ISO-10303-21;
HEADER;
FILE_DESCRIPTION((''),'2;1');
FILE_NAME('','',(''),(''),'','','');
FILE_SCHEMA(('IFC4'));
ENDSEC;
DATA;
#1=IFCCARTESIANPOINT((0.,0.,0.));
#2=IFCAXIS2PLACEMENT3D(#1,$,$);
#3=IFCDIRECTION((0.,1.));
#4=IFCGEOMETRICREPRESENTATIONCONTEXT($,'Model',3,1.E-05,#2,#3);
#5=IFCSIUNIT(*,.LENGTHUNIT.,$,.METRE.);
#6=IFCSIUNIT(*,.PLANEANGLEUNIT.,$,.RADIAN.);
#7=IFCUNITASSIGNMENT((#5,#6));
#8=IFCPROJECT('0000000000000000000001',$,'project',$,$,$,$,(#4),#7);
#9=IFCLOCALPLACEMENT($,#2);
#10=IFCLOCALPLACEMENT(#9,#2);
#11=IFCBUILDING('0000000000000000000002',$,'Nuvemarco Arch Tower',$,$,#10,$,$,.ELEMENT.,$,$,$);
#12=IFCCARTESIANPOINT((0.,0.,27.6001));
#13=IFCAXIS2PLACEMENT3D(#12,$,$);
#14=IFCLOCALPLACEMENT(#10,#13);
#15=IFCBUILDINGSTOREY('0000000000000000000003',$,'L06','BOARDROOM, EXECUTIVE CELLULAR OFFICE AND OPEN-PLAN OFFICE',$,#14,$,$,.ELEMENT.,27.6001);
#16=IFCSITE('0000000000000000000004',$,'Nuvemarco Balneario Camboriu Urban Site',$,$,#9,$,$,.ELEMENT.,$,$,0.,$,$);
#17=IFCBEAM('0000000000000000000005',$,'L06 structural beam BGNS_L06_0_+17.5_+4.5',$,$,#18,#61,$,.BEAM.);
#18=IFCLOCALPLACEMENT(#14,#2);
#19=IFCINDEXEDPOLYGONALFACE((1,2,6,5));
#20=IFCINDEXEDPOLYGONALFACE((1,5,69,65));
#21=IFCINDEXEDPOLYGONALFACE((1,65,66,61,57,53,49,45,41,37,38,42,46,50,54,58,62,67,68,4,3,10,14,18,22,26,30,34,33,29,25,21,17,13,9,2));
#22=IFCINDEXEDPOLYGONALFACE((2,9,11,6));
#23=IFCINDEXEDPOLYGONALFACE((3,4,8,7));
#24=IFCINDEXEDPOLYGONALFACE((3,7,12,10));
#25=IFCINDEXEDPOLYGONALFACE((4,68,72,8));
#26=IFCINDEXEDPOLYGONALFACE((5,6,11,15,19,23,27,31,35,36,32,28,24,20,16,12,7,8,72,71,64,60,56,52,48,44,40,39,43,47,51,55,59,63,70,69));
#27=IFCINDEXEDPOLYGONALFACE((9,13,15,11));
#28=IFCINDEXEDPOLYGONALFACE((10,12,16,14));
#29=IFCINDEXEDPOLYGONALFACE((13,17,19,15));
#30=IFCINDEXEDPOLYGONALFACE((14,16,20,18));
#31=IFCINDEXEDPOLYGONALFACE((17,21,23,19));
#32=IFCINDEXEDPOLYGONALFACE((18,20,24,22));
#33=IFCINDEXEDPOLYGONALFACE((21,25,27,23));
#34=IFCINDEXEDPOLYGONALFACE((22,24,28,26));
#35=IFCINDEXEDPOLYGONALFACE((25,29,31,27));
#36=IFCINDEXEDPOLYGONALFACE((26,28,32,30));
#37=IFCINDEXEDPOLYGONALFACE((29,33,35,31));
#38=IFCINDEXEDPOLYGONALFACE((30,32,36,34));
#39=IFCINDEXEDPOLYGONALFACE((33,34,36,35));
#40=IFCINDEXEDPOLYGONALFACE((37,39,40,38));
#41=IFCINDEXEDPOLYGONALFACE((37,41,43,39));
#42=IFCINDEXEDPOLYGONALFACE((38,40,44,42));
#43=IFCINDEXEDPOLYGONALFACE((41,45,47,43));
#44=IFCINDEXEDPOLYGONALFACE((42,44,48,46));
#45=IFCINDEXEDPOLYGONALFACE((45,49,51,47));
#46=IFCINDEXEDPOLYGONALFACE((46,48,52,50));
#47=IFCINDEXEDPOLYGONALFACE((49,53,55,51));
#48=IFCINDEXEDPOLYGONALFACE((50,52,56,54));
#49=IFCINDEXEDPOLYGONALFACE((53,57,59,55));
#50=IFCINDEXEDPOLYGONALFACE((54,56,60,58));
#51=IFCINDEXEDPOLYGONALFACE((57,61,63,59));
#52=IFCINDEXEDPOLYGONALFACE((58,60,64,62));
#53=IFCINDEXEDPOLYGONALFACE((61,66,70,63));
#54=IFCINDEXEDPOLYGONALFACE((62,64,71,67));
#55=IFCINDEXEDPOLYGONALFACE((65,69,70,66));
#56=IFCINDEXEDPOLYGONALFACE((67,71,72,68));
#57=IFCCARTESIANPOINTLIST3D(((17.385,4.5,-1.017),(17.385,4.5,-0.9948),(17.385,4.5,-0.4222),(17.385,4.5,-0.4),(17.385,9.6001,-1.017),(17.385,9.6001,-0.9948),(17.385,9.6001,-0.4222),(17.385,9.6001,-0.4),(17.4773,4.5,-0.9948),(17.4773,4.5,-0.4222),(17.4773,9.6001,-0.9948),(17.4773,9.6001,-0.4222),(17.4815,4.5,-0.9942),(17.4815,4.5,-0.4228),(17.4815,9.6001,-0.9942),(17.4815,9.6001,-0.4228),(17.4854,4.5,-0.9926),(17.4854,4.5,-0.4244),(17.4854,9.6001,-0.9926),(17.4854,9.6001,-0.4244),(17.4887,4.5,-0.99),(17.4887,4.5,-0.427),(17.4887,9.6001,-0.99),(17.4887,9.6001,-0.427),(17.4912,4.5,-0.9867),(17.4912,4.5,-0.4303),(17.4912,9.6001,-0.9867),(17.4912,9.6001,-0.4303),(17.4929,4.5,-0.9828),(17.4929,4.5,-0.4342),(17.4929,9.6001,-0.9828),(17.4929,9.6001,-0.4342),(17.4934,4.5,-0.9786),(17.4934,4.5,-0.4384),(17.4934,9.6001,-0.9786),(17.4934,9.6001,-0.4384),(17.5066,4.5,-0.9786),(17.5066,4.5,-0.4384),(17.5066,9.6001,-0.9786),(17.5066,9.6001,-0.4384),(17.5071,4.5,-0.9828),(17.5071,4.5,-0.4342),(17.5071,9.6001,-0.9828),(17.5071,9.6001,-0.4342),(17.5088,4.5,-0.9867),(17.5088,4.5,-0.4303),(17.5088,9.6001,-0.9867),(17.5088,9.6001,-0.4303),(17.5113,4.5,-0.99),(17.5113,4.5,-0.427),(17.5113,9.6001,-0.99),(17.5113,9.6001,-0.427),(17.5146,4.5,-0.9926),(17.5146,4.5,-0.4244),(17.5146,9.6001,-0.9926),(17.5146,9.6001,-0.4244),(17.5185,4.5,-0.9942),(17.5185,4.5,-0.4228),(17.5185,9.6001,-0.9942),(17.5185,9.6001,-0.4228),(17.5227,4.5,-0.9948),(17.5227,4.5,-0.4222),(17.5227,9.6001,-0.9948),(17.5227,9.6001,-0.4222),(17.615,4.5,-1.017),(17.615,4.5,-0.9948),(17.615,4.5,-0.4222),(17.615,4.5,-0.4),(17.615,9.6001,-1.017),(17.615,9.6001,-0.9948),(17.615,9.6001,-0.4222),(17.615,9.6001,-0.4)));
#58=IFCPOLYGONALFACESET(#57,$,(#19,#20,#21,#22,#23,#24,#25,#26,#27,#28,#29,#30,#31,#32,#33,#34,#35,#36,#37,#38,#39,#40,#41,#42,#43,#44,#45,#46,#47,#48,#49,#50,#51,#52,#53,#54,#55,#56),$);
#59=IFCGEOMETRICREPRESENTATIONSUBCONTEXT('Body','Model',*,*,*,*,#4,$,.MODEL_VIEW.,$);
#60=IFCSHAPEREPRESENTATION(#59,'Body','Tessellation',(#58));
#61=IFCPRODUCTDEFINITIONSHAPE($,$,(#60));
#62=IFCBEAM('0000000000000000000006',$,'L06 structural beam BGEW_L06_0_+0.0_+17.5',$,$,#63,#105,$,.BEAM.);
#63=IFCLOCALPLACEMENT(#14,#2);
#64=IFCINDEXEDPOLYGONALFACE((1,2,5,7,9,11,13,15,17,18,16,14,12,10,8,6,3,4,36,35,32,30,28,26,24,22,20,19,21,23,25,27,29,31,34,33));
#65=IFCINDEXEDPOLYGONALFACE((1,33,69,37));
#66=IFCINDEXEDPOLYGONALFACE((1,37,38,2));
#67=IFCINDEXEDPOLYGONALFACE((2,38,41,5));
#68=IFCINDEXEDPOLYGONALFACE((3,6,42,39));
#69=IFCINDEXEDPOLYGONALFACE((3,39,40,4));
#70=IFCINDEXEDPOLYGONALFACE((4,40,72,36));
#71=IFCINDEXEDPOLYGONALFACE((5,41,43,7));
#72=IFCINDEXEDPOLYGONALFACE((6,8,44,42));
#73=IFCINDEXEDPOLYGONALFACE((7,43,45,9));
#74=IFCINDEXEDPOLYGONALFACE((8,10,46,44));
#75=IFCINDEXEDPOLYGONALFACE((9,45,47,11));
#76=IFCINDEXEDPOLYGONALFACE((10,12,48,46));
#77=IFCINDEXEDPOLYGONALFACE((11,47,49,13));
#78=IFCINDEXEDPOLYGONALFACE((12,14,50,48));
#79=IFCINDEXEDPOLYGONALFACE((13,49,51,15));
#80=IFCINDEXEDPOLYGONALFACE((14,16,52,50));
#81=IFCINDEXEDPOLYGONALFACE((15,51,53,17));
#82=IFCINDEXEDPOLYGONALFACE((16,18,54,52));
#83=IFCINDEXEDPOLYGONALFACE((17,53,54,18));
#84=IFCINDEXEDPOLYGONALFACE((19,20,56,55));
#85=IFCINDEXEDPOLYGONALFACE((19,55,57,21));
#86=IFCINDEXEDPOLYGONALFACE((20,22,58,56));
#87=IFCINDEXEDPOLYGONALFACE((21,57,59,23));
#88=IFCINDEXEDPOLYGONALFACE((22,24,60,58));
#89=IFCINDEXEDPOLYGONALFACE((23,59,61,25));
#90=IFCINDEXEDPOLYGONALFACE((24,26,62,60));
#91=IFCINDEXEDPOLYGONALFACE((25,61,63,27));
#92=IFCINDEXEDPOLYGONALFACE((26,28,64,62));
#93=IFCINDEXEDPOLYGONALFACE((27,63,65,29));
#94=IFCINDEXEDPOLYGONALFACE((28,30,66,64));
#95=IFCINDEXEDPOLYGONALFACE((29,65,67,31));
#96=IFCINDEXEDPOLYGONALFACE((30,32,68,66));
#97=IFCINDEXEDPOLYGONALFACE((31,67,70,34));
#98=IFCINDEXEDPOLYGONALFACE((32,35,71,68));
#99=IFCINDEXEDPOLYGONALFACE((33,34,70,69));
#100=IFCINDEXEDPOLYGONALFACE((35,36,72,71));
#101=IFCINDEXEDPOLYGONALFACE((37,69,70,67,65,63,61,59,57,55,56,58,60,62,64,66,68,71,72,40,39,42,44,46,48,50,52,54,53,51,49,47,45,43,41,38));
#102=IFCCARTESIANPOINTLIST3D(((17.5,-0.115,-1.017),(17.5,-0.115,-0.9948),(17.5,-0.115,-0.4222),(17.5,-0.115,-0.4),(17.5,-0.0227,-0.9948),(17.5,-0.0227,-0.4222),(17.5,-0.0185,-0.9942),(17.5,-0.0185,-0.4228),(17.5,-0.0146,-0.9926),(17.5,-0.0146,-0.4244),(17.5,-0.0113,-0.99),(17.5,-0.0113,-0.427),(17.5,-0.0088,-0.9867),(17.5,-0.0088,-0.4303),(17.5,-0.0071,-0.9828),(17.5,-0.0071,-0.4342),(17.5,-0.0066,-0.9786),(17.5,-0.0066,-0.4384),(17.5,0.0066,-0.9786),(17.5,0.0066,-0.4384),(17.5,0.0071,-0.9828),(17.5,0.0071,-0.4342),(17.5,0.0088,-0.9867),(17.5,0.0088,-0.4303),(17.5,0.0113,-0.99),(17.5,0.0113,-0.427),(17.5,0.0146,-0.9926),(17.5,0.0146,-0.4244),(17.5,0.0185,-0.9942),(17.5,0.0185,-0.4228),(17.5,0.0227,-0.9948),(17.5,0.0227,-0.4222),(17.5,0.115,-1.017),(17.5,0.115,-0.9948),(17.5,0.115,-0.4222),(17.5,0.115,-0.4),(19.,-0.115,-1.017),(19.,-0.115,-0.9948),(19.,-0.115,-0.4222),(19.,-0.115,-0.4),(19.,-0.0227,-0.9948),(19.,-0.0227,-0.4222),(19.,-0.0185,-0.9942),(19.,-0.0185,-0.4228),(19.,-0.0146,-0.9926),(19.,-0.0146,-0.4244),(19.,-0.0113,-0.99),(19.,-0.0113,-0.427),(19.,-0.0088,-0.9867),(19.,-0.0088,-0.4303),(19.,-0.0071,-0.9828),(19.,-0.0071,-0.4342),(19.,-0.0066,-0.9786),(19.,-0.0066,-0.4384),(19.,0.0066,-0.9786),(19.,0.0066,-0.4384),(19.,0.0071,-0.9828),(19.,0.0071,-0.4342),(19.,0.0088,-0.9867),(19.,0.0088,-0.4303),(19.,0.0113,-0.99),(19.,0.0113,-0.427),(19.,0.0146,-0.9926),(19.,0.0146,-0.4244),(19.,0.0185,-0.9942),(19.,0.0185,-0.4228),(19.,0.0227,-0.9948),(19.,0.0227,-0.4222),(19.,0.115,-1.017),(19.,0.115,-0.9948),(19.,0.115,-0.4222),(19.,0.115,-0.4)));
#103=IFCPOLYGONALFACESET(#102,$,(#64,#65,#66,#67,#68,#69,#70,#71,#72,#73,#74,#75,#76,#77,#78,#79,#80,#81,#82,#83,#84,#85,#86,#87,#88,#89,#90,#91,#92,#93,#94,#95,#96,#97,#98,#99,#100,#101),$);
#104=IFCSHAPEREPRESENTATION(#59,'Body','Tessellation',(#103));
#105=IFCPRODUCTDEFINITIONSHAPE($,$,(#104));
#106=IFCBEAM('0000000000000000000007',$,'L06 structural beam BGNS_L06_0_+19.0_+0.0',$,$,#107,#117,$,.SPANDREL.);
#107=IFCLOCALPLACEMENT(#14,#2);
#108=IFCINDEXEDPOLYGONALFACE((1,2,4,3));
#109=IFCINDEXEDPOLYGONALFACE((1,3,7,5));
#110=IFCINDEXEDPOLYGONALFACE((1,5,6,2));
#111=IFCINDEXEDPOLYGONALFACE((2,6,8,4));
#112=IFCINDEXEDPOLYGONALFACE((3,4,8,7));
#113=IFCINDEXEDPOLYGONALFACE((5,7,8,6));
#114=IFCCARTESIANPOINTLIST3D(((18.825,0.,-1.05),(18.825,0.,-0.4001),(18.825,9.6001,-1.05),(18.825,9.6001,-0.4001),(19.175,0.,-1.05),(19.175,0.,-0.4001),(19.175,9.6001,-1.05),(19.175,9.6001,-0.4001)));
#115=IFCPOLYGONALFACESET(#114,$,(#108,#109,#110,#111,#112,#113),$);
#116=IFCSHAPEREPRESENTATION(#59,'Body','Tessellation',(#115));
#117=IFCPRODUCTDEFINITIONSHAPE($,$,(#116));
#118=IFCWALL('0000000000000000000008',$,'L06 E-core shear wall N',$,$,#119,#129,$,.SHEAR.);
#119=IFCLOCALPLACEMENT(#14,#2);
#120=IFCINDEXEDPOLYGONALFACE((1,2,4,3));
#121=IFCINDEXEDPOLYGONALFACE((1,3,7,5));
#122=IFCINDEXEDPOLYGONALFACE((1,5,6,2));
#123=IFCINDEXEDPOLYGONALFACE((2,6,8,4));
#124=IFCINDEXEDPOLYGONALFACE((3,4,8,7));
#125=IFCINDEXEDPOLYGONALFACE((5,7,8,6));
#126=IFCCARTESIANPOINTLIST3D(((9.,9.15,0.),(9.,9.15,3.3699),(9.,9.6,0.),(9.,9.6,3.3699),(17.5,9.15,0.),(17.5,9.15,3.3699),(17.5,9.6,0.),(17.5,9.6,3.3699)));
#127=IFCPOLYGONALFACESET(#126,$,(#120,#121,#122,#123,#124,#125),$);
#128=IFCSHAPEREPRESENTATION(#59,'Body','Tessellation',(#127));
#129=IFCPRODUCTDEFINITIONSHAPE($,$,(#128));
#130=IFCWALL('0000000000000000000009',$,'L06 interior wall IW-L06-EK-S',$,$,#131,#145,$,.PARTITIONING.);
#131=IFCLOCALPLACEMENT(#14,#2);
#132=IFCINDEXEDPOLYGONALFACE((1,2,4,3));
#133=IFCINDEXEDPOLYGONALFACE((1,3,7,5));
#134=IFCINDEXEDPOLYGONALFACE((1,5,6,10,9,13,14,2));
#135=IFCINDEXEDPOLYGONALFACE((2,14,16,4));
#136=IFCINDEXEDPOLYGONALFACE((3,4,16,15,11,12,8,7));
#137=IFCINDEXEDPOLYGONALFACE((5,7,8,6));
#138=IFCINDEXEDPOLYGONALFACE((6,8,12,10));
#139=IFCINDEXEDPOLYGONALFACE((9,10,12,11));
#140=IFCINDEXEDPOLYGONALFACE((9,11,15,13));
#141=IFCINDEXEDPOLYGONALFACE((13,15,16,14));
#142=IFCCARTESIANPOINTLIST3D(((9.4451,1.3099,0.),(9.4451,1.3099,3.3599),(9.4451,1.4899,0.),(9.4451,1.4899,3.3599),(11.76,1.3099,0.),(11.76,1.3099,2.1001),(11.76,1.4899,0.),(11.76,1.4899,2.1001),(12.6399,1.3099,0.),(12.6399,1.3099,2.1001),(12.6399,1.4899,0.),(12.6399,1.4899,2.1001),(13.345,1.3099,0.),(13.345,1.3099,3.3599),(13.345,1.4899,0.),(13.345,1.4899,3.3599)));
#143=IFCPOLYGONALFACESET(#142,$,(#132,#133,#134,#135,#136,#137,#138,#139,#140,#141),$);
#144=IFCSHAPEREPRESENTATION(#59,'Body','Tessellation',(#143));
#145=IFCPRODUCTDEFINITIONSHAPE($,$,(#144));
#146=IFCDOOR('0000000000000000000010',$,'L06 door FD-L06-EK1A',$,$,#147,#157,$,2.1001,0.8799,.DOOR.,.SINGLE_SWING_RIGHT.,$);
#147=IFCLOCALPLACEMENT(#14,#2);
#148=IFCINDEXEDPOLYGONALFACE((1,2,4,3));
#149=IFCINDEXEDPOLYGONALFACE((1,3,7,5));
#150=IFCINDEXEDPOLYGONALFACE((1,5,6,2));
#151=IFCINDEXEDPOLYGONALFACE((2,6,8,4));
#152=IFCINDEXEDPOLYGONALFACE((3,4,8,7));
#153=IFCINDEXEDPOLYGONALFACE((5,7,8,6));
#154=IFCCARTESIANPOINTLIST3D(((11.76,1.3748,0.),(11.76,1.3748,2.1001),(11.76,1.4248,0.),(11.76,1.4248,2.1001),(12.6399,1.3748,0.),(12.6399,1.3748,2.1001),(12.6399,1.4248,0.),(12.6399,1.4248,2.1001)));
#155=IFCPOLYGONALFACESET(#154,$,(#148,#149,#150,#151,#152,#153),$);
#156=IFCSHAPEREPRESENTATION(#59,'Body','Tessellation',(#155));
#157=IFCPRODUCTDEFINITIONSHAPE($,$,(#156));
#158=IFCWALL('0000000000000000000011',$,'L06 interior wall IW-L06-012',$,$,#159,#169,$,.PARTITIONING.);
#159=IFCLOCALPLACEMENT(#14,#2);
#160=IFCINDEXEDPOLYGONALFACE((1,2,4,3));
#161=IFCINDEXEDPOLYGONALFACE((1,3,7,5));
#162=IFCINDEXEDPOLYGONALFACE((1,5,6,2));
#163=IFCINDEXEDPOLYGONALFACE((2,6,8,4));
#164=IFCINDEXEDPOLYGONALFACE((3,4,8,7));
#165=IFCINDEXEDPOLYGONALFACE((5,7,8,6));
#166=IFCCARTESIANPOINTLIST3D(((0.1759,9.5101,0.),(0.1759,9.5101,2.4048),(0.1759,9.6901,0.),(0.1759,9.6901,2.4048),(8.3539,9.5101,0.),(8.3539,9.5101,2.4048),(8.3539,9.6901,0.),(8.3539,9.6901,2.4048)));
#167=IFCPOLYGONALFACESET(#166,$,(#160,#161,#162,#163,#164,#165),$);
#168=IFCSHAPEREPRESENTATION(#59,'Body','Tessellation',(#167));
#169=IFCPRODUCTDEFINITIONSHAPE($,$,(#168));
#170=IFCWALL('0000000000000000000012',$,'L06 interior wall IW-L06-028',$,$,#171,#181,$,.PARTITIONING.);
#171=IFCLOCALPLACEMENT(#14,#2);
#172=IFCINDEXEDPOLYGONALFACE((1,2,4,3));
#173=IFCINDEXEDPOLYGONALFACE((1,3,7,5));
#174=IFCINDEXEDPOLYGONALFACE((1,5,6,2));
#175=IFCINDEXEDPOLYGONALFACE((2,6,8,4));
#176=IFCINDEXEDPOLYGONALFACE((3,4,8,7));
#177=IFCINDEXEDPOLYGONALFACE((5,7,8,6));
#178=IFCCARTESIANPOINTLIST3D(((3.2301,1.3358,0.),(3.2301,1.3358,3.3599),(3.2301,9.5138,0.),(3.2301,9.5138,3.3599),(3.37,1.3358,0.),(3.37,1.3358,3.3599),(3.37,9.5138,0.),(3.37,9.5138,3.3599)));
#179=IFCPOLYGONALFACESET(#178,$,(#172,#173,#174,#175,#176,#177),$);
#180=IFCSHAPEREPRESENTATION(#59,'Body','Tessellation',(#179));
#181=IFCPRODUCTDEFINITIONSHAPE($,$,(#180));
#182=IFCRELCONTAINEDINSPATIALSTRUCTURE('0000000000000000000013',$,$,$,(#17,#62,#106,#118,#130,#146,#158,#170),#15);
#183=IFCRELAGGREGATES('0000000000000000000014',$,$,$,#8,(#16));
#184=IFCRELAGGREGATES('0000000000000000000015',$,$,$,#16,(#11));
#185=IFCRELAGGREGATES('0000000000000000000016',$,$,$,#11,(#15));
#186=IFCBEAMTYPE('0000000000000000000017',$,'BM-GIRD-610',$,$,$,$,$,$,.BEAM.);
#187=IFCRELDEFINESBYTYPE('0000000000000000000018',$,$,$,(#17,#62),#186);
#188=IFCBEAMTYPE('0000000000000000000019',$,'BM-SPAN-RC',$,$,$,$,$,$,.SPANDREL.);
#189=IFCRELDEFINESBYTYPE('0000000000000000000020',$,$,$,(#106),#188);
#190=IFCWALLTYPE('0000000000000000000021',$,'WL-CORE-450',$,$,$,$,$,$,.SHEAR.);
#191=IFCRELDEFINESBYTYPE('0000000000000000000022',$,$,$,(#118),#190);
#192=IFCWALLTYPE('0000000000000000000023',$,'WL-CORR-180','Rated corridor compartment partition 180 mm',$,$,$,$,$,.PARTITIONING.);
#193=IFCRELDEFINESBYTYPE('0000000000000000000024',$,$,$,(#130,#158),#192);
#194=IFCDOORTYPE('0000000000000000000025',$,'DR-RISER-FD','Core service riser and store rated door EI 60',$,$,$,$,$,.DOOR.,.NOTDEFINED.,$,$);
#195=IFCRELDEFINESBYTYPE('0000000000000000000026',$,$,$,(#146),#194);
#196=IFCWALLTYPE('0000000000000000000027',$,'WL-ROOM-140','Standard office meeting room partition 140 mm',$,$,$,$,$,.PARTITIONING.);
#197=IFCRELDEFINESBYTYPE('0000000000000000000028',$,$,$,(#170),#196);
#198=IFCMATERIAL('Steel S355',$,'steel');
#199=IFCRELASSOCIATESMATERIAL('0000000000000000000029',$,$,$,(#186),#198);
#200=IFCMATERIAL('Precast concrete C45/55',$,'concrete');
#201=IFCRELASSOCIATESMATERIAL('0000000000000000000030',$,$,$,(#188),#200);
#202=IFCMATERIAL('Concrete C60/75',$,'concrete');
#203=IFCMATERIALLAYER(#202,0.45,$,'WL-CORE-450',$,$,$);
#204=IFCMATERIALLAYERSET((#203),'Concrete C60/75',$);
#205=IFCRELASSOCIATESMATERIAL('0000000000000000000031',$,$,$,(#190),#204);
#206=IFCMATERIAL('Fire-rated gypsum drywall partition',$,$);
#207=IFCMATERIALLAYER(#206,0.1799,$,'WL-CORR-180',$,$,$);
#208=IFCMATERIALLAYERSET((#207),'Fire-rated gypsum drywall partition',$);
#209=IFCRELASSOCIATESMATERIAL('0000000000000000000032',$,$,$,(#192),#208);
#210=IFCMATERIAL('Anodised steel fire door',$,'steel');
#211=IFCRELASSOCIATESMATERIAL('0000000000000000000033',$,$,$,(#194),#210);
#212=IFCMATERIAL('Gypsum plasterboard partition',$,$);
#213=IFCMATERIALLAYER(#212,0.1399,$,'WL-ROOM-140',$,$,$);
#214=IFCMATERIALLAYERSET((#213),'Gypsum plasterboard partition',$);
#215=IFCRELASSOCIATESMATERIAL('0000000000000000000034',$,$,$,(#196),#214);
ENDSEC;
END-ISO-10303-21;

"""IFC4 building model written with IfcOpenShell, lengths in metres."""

from ifc_helpers import new_model, si_unit, direction, frame, frame_2d, origin, origin_2d, place, context, subcontext, project, spatial, rectangle, i_section, extrude, source, transform, mapped, material, layer, layer_set, material_profile, profile_set, type_object, type_shapes, element, fill, save


model = new_model("IFC4")

# Units and contexts
model_context = context("Model", 3, precision=1e-05, world=origin(), true_north=direction((0.0, 1.0)))
body_context = subcontext(model_context, "Body", "Model", "MODEL_VIEW")
ifc_project = project(units=[si_unit("LENGTHUNIT", "METRE"), si_unit("PLANEANGLEUNIT", "RADIAN")], contexts=[model_context])

# Site, building, storey
site_placement = place(None, origin())
site = spatial("IfcSite", under=ifc_project, at=site_placement, Name="Nuvemarco Balneario Camboriu Urban Site", CompositionType="ELEMENT", RefElevation=0.0)
building_placement = place(site_placement, origin())
building = spatial("IfcBuilding", under=site, at=building_placement, Name="Nuvemarco Arch Tower", CompositionType="ELEMENT")
storey_placement = place(building_placement, frame((0.0, 0.0, 27.6001)))
storey = spatial("IfcBuildingStorey", under=building, at=storey_placement, Name="L06", Description="BOARDROOM, EXECUTIVE CELLULAR OFFICE AND OPEN-PLAN OFFICE", CompositionType="ELEMENT", Elevation=27.6001)

# Shared definitions
ifc_material_1 = material(Name="Concrete C60/75", Category="concrete")
ifc_material_2 = material(Name="Steel S355", Category="steel")

# Beams
ifc_material_profile_1 = material_profile(ifc_material_2, i_section(OverallWidth=0.23, OverallDepth=0.6169, WebThickness=0.0132, FlangeThickness=0.0222, FilletRadius=0.0161, at=origin_2d()), Name="W610x140")
ifc_profile_set_1 = profile_set([ifc_material_profile_1], Name="Steel S355")
beam_type_1 = type_object("IfcBeamType", Name="BM-GIRD-610", PredefinedType="BEAM", material=ifc_profile_set_1)
beam_1_placement = place(storey_placement, frame((17.5, 4.5, -0.7085), z_axis=(0.0, 1.0, 0.0), x_axis=(-1.0, 0.0, 0.0)))
element("IfcBeam", 1, at=beam_1_placement, inside=storey, type_object=beam_type_1, Name="L06 structural beam BGNS_L06_0_+17.5_+4.5", PredefinedType="BEAM", context=body_context, shape_type="SweptSolid", body=[
    extrude(i_section(OverallWidth=0.23, OverallDepth=0.6169, WebThickness=0.0132, FlangeThickness=0.0222, FilletRadius=0.0161, at=origin_2d()), origin(), (0.0, 0.0, 1.0), 5.1001),
])
beam_2_placement = place(storey_placement, frame((17.5, 0.0, -0.7085), z_axis=(1.0, 0.0, 0.0), x_axis=(0.0, 1.0, 0.0)))
element("IfcBeam", 2, at=beam_2_placement, inside=storey, type_object=beam_type_1, Name="L06 structural beam BGEW_L06_0_+0.0_+17.5", PredefinedType="BEAM", context=body_context, shape_type="SweptSolid", body=[
    extrude(i_section(OverallWidth=0.23, OverallDepth=0.6169, WebThickness=0.0132, FlangeThickness=0.0222, FilletRadius=0.0161, at=origin_2d()), origin(), (0.0, 0.0, 1.0), 1.5),
])
ifc_material_3 = material(Name="Precast concrete C45/55", Category="concrete")
ifc_material_profile_2 = material_profile(ifc_material_3, rectangle(XDim=0.3501, YDim=0.6499, at=origin_2d()), Name="PC-SP-350x650")
ifc_profile_set_2 = profile_set([ifc_material_profile_2], Name="Precast concrete C45/55")
beam_type_2 = type_object("IfcBeamType", Name="BM-SPAN-RC", PredefinedType="SPANDREL", material=ifc_profile_set_2)
beam_3_placement = place(storey_placement, frame((19.0, 0.0, -0.7251), z_axis=(0.0, 1.0, 0.0), x_axis=(-1.0, 0.0, 0.0)))
element("IfcBeam", 3, at=beam_3_placement, inside=storey, type_object=beam_type_2, Name="L06 structural beam BGNS_L06_0_+19.0_+0.0", PredefinedType="SPANDREL", context=body_context, shape_type="SweptSolid", body=[
    extrude(rectangle(XDim=0.3501, YDim=0.6499, at=origin_2d()), origin(), (0.0, 0.0, 1.0), 9.6001),
])

# Wall
ifc_layer_1 = layer(ifc_material_1, 0.45, Name="WL-CORE-450")
ifc_layer_set_1 = layer_set([ifc_layer_1], Name="Concrete C60/75")
wall_type_1 = type_object("IfcWallType", Name="WL-CORE-450", PredefinedType="SHEAR", material=ifc_layer_set_1)
wall_1_placement = place(storey_placement, frame((9.0, 9.375, 0.0), z_axis=(0.0, 0.0, 1.0), x_axis=(1.0, 0.0, 0.0)))
element("IfcWall", 4, at=wall_1_placement, inside=storey, type_object=wall_type_1, Name="L06 E-core shear wall N", PredefinedType="SHEAR", context=body_context, shape_type="SweptSolid", body=[
    extrude(rectangle(XDim=8.5, YDim=0.45, at=frame_2d((4.25, 0.0))), origin(), (0.0, 0.0, 1.0), 3.3699),
])

# Wall, opening, door
ifc_material_4 = material(Name="Fire-rated gypsum drywall partition")
ifc_layer_2 = layer(ifc_material_4, 0.1799, Name="WL-CORR-180")
ifc_layer_set_2 = layer_set([ifc_layer_2], Name="Fire-rated gypsum drywall partition")
wall_type_2 = type_object("IfcWallType", Name="WL-CORR-180", Description="Rated corridor compartment partition 180 mm", PredefinedType="PARTITIONING", material=ifc_layer_set_2)
wall_2_placement = place(storey_placement, frame((9.4451, 1.3999, 0.0), z_axis=(0.0, 0.0, 1.0), x_axis=(1.0, 0.0, 0.0)))
wall_2 = element("IfcWall", 5, at=wall_2_placement, inside=storey, type_object=wall_type_2, Name="L06 interior wall IW-L06-EK-S", PredefinedType="PARTITIONING", context=body_context, shape_type="SweptSolid", body=[
    extrude(rectangle(XDim=3.8999, YDim=0.1799, at=frame_2d((1.95, 0.0))), origin(), (0.0, 0.0, 1.0), 3.3599),
])
opening_1_placement = place(wall_2_placement, frame((2.3149, 0.0, 0.0)))
opening_1 = element("IfcOpeningElement", 6, at=opening_1_placement, cuts=wall_2, PredefinedType="OPENING", context=body_context, shape_type="SweptSolid", body=[
    extrude(rectangle(XDim=0.8799, YDim=2.1001, at=frame_2d((0.4399, 1.05))), frame((0.0, 0.0999, 0.0), z_axis=(0.0, -1.0, 0.0), x_axis=(1.0, 0.0, 0.0)), (0.0, 0.0, 1.0), 0.2),
])
ifc_material_5 = material(Name="Anodised steel fire door", Category="steel")
door_type_1 = type_object("IfcDoorType", Name="DR-RISER-FD", Description="Core service riser and store rated door EI 60", OperationType="NOTDEFINED", PredefinedType="DOOR", material=ifc_material_5)
shared_shape_1 = source(origin(), body_context, "Body", "SweptSolid", [
    extrude(rectangle(XDim=0.8799, YDim=2.1001, at=frame_2d((0.4399, 1.05))), frame((0.0, 0.0249, 0.0), z_axis=(0.0, -1.0, 0.0), x_axis=(1.0, 0.0, 0.0)), (0.0, 0.0, 1.0), 0.05),
])
type_shapes(door_type_1, [shared_shape_1])
door_1_placement = place(opening_1_placement, origin())
door_1 = element("IfcDoor", 7, at=door_1_placement, inside=storey, type_object=door_type_1, Name="L06 door FD-L06-EK1A", OperationType="SINGLE_SWING_RIGHT", OverallHeight=2.1001, OverallWidth=0.8799, PredefinedType="DOOR", context=body_context, shape_type="MappedRepresentation", body=[
    mapped(shared_shape_1, transform((0.0, 0.0, 0.0), scale=1.0)),
])
fill(opening_1, door_1)

# Walls
wall_3_placement = place(storey_placement, frame((0.176, 9.6001, 0.0), z_axis=(0.0, 0.0, 1.0), x_axis=(1.0, 0.0, 0.0)))
element("IfcWall", 8, at=wall_3_placement, inside=storey, type_object=wall_type_2, Name="L06 interior wall IW-L06-012", PredefinedType="PARTITIONING", context=body_context, shape_type="SweptSolid", body=[
    extrude(rectangle(XDim=8.178, YDim=0.1799, at=frame_2d((4.0889, 0.0))), origin(), (0.0, 0.0, 1.0), 2.4048),
])
ifc_material_6 = material(Name="Gypsum plasterboard partition")
ifc_layer_3 = layer(ifc_material_6, 0.1399, Name="WL-ROOM-140")
ifc_layer_set_3 = layer_set([ifc_layer_3], Name="Gypsum plasterboard partition")
wall_type_3 = type_object("IfcWallType", Name="WL-ROOM-140", Description="Standard office meeting room partition 140 mm", PredefinedType="PARTITIONING", material=ifc_layer_set_3)
wall_4_placement = place(storey_placement, frame((3.3, 1.3359, 0.0), z_axis=(0.0, 0.0, 1.0), x_axis=(0.0, 1.0, 0.0)))
element("IfcWall", 9, at=wall_4_placement, inside=storey, type_object=wall_type_3, Name="L06 interior wall IW-L06-028", PredefinedType="PARTITIONING", context=body_context, shape_type="SweptSolid", body=[
    extrude(rectangle(XDim=8.178, YDim=0.1399, at=frame_2d((4.0889, 0.0))), origin(), (0.0, 0.0, 1.0), 3.3599),
])

save(model, "model.ifc")
